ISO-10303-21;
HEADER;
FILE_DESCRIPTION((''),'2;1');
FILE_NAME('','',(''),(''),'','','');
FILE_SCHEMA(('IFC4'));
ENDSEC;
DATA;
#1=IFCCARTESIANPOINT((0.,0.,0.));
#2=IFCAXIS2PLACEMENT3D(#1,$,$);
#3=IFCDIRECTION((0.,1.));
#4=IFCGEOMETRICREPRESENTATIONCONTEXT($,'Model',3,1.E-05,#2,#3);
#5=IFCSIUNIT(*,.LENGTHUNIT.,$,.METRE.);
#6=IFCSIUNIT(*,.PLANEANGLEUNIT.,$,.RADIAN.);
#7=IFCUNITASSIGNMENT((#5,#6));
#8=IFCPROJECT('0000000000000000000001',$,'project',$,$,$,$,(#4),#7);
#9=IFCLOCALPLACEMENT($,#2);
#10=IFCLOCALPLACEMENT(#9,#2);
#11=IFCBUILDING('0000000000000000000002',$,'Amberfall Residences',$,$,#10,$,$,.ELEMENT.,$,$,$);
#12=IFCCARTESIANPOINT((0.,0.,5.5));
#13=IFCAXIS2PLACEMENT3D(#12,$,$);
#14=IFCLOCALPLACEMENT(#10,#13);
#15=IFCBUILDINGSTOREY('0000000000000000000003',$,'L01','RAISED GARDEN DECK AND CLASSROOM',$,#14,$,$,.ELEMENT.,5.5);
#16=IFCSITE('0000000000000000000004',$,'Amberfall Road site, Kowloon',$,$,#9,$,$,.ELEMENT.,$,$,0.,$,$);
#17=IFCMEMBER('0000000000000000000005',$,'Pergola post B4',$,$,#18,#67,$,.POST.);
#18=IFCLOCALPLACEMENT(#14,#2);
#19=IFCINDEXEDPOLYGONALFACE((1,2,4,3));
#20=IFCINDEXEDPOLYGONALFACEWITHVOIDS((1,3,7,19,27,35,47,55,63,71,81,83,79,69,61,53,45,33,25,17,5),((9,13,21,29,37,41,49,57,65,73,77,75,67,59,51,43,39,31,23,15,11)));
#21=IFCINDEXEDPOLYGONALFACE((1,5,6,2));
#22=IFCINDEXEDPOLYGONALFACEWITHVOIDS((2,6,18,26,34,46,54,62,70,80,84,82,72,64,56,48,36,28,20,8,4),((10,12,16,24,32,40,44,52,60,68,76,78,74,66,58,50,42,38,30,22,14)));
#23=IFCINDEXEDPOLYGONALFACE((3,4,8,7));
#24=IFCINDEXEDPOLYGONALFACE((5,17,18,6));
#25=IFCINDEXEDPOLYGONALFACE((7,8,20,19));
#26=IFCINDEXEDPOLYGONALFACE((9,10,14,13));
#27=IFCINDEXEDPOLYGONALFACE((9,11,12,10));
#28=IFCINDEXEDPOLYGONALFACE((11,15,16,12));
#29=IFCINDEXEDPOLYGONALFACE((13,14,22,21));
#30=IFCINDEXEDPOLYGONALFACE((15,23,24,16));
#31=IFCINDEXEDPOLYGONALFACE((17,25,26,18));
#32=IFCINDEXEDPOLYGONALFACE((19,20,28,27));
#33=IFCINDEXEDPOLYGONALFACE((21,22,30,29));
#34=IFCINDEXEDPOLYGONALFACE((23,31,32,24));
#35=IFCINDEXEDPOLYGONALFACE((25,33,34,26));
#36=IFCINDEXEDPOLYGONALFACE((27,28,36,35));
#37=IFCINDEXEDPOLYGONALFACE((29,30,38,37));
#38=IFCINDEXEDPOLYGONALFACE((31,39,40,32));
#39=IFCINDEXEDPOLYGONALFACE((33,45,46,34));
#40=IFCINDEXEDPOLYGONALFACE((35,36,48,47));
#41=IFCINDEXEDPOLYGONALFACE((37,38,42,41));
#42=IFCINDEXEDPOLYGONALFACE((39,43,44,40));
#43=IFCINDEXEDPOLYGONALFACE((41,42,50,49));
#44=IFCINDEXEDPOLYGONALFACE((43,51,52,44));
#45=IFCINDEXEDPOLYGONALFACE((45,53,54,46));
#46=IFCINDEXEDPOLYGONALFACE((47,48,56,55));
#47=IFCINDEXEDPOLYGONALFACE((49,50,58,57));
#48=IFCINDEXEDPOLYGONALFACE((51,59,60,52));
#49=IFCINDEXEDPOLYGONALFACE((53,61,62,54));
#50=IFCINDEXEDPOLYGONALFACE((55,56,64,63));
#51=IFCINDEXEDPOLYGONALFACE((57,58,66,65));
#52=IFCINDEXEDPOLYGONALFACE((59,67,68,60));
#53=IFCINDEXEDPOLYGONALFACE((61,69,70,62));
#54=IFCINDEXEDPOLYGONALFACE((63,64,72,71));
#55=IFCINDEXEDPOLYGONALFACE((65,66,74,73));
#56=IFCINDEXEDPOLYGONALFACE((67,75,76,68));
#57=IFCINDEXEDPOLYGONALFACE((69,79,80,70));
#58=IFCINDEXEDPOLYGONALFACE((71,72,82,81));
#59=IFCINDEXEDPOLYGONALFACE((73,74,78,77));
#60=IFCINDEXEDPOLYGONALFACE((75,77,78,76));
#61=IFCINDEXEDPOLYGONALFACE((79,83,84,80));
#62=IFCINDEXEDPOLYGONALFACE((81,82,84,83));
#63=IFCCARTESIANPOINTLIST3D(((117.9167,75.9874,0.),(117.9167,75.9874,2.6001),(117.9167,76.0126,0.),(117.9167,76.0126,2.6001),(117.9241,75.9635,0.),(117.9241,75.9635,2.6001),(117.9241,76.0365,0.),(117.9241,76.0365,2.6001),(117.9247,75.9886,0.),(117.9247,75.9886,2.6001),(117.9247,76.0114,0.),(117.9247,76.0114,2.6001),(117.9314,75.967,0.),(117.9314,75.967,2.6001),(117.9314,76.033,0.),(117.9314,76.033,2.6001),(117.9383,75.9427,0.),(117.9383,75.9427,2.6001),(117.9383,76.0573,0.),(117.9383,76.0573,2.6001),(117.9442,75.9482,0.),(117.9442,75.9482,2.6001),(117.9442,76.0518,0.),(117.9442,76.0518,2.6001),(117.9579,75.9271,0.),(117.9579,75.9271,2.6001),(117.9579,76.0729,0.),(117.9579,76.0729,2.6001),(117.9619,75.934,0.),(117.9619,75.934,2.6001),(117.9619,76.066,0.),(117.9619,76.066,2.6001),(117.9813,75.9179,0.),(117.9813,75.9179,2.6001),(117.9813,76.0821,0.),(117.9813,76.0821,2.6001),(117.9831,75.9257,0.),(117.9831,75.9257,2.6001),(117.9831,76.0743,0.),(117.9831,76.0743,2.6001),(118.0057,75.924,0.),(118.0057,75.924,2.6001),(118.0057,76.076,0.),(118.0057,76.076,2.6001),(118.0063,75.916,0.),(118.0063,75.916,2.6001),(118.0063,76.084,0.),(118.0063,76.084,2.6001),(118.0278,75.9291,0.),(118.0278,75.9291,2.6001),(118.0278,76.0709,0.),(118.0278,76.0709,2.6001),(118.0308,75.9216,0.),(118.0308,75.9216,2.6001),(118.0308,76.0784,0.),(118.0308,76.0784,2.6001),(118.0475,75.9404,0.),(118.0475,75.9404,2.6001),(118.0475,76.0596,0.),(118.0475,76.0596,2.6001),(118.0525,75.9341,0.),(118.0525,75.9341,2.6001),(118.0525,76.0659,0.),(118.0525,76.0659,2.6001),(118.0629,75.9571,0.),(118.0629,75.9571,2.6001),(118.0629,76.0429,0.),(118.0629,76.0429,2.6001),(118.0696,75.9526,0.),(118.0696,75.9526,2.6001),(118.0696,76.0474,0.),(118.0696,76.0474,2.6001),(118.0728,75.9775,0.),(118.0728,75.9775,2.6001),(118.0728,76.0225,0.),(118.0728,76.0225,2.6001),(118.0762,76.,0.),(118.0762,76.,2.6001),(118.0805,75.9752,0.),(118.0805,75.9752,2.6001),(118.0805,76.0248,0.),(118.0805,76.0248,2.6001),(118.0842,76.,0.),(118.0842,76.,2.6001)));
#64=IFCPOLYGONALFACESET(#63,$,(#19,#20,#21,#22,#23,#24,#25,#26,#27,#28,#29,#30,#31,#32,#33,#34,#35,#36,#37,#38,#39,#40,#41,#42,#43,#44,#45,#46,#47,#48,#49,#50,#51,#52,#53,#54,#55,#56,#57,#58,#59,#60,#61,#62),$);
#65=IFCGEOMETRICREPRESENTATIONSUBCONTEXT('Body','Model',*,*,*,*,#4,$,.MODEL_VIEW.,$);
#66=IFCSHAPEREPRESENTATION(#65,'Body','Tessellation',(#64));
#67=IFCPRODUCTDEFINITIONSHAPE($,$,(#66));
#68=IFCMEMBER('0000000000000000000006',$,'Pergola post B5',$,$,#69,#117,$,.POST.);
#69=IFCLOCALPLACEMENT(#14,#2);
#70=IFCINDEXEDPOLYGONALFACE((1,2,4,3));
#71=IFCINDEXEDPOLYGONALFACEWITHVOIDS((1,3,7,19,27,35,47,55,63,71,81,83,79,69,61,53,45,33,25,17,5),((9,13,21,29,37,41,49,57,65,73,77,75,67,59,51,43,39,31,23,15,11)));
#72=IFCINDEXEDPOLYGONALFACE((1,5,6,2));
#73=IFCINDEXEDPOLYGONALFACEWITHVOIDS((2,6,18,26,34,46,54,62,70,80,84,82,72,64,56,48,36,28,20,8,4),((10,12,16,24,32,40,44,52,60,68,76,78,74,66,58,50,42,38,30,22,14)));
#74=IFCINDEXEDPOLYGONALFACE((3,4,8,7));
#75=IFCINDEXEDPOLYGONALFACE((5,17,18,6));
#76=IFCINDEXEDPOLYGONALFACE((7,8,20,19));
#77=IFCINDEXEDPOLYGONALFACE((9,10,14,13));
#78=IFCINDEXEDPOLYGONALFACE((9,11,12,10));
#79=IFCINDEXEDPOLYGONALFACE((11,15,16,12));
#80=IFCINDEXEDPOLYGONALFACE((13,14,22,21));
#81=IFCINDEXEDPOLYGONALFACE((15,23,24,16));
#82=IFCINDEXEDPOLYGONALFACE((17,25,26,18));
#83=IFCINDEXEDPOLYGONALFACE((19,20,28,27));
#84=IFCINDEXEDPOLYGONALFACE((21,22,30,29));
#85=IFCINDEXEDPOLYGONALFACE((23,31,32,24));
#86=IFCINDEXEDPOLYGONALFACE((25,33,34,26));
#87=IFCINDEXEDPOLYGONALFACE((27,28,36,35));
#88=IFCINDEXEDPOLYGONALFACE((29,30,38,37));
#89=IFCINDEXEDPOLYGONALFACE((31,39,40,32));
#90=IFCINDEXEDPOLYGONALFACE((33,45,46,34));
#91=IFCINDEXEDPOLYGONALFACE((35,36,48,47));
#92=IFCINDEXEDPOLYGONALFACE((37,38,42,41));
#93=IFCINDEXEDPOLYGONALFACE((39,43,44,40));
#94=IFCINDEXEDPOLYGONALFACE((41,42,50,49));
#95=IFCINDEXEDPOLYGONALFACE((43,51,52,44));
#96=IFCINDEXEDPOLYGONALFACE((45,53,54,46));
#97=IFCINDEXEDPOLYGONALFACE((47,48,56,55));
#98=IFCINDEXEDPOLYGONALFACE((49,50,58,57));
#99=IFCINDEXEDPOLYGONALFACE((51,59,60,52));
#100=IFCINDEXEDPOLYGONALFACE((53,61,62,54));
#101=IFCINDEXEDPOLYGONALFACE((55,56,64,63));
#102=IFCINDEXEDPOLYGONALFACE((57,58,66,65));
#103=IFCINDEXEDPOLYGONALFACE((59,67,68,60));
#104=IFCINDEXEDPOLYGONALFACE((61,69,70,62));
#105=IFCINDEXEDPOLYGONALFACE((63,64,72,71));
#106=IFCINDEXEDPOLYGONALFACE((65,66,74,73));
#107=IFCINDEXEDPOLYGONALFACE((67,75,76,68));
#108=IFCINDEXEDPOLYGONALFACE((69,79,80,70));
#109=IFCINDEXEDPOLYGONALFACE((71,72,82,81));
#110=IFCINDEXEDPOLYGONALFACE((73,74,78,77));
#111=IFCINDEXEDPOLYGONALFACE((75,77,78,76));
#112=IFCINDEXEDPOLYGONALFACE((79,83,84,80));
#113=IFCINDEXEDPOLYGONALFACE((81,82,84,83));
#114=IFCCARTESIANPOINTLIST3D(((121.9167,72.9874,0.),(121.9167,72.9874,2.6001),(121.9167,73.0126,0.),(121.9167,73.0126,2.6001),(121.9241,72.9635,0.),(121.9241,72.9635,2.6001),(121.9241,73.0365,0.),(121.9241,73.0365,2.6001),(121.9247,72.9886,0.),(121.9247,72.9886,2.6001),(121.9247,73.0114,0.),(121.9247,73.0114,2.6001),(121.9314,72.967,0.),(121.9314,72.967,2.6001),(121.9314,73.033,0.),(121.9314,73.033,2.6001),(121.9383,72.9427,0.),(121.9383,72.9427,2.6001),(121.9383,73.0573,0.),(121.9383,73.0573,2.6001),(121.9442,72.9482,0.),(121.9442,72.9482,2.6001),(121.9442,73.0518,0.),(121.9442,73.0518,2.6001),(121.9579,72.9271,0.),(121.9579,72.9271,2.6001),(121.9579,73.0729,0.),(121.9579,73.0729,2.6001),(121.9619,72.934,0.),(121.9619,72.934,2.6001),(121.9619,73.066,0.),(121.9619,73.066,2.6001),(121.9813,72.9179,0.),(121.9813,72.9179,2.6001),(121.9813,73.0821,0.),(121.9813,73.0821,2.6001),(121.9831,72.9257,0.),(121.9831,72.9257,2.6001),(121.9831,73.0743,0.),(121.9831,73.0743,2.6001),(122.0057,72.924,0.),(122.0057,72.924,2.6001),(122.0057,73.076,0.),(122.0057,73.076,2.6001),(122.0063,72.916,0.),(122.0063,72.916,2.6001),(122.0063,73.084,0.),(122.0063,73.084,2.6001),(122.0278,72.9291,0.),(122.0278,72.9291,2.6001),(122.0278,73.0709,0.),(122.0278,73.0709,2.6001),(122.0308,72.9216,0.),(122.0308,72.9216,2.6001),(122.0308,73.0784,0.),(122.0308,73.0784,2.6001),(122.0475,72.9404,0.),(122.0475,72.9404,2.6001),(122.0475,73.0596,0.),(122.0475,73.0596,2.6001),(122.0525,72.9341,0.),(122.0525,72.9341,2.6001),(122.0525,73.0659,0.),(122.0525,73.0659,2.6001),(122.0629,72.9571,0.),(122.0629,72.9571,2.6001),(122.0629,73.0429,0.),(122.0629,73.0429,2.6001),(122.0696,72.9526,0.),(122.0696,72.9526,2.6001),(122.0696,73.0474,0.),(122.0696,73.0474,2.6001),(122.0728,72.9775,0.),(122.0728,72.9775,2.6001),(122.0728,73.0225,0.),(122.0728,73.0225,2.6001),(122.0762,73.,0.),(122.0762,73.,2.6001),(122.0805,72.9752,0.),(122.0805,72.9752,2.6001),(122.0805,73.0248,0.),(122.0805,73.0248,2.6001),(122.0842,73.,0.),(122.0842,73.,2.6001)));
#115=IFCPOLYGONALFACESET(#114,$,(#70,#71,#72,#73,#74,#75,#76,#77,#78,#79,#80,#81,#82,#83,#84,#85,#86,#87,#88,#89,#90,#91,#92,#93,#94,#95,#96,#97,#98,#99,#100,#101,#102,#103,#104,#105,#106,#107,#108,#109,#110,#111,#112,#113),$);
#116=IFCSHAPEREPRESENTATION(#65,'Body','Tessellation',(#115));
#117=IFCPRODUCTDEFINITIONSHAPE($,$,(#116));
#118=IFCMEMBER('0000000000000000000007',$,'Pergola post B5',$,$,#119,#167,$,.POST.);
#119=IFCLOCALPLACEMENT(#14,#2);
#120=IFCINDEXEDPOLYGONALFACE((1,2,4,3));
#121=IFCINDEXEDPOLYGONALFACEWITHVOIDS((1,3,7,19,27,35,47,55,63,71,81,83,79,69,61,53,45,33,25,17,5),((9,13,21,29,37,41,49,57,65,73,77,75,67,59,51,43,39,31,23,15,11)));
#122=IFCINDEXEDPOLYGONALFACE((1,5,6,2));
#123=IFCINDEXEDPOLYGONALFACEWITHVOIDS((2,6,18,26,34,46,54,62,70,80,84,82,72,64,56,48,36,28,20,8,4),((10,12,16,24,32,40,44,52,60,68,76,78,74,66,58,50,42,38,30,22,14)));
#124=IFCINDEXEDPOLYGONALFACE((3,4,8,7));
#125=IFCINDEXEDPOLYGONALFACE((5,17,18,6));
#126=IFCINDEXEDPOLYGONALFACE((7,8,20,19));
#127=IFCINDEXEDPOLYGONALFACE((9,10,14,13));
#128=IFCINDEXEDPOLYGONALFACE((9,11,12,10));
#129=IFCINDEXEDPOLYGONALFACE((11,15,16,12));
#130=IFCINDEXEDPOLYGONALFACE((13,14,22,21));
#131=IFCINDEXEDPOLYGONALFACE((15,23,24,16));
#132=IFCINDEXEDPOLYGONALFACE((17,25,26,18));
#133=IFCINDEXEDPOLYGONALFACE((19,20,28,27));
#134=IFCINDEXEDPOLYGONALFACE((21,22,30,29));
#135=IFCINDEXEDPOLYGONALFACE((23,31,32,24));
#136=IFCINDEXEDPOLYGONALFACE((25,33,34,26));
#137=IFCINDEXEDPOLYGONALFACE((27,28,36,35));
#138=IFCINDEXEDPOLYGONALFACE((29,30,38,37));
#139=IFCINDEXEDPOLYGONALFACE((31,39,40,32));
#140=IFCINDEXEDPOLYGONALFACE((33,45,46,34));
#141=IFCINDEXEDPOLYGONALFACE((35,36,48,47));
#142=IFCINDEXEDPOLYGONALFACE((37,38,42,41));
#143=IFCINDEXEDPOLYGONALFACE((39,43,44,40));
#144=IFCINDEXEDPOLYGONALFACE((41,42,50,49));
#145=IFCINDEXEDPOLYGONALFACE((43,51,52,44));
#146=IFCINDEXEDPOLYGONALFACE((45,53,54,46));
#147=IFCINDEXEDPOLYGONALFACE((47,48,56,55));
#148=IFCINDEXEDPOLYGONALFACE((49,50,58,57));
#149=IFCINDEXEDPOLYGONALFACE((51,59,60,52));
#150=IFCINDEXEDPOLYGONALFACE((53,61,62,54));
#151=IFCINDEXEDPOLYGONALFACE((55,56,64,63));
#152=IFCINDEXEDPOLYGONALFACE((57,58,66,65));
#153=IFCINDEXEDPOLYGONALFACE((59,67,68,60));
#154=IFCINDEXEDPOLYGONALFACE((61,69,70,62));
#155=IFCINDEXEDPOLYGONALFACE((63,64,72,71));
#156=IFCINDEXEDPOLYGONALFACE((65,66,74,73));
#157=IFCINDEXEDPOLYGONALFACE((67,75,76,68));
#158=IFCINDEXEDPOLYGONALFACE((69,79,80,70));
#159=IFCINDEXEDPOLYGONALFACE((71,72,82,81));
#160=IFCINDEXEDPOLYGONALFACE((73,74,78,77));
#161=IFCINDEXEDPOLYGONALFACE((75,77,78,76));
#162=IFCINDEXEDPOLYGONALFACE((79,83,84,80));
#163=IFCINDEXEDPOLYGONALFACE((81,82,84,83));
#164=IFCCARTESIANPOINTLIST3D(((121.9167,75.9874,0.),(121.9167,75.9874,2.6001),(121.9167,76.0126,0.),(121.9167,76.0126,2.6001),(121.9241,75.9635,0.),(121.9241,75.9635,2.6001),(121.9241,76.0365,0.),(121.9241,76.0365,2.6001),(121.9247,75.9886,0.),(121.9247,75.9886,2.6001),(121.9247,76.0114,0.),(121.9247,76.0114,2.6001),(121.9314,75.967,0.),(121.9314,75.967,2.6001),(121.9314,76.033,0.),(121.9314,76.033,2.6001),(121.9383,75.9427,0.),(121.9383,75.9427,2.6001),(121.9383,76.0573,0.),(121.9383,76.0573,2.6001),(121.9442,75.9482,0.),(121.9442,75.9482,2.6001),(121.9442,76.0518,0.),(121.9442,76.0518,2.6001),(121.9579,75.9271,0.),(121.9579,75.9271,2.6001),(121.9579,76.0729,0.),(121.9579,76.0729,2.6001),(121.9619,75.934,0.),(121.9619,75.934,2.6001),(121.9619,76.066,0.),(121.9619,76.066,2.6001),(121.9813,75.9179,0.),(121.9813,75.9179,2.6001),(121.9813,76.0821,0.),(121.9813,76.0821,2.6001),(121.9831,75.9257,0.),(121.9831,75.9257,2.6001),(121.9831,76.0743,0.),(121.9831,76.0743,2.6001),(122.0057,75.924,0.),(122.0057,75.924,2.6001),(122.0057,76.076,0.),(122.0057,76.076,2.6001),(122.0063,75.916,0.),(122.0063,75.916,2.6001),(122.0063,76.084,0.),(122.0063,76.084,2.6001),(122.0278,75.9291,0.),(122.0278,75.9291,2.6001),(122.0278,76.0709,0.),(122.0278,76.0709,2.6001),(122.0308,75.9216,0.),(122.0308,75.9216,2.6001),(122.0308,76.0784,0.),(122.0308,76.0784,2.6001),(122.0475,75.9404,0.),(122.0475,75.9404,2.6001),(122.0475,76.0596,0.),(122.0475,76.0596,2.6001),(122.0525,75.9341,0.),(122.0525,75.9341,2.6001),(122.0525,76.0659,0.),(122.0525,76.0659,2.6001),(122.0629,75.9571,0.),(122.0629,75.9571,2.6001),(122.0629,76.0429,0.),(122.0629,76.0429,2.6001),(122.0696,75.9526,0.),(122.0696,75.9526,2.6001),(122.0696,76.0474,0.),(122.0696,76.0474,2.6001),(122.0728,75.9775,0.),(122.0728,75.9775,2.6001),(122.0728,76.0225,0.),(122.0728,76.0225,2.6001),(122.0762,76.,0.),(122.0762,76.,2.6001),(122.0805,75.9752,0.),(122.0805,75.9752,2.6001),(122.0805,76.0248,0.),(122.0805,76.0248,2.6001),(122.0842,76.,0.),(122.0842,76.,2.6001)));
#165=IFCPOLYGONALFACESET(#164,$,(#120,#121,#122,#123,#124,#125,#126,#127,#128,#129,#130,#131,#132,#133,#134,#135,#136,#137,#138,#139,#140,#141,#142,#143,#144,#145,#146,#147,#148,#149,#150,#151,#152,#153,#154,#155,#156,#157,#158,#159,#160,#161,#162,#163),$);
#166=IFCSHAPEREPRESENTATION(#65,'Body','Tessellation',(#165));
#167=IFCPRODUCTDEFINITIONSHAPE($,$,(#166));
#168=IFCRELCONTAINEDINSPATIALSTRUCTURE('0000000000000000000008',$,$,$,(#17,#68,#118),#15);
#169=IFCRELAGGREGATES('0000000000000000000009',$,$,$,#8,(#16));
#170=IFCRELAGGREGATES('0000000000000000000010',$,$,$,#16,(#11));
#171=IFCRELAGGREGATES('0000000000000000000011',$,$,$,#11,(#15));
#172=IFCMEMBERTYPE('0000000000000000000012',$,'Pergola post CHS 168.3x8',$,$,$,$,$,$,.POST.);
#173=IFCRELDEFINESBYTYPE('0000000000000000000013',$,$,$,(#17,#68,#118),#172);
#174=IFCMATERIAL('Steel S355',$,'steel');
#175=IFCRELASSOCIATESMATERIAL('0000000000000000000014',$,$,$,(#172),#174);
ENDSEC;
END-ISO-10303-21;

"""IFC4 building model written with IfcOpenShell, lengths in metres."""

from ifc_helpers import new_model, si_unit, direction, frame, origin, origin_2d, place, context, subcontext, project, spatial, hollow_circle, extrude, material, material_profile, profile_set, type_object, element, save


model = new_model("IFC4")

# Units and contexts
model_context = context("Model", 3, precision=1e-05, world=origin(), true_north=direction((0.0, 1.0)))
body_context = subcontext(model_context, "Body", "Model", "MODEL_VIEW")
ifc_project = project(units=[si_unit("LENGTHUNIT", "METRE"), si_unit("PLANEANGLEUNIT", "RADIAN")], contexts=[model_context])

# Site, building, storey
site_placement = place(None, origin())
site = spatial("IfcSite", under=ifc_project, at=site_placement, Name="Amberfall Road site, Kowloon", CompositionType="ELEMENT", RefElevation=0.0)
building_placement = place(site_placement, origin())
building = spatial("IfcBuilding", under=site, at=building_placement, Name="Amberfall Residences", CompositionType="ELEMENT")
storey_placement = place(building_placement, frame((0.0, 0.0, 5.5)))
storey = spatial("IfcBuildingStorey", under=building, at=storey_placement, Name="L01", Description="RAISED GARDEN DECK AND CLASSROOM", CompositionType="ELEMENT", Elevation=5.5)

# Members
ifc_material_1 = material(Name="Steel S355", Category="steel")
ifc_material_profile_1 = material_profile(ifc_material_1, hollow_circle(Radius=0.0842, WallThickness=0.0081, at=origin_2d()), Name="CHS 168.3x8")
ifc_profile_set_1 = profile_set([ifc_material_profile_1], Name="Steel S355")
member_type_1 = type_object("IfcMemberType", Name="Pergola post CHS 168.3x8", PredefinedType="POST", material=ifc_profile_set_1)
for number, where, z_axis, x_axis, name in (
    (1, (118.0, 76.0, 0.0), (0.0, 0.0, 1.0), (1.0, 0.0, 0.0), "Pergola post B4"),
    (2, (122.0, 73.0, 0.0), (0.0, 0.0, 1.0), (1.0, 0.0, 0.0), "Pergola post B5"),
    (3, (122.0, 76.0, 0.0), (0.0, 0.0, 1.0), (1.0, 0.0, 0.0), "Pergola post B5"),
):
    element("IfcMember", number, at=place(storey_placement, frame(where, z_axis=z_axis, x_axis=x_axis)), inside=storey, type_object=member_type_1, Name=name, PredefinedType="POST", context=body_context, shape_type="SweptSolid", body=[
        extrude(hollow_circle(Radius=0.0842, WallThickness=0.0081, at=origin_2d()), origin(), (0.0, 0.0, 1.0), 2.6001),
    ])

save(model, "model.ifc")
